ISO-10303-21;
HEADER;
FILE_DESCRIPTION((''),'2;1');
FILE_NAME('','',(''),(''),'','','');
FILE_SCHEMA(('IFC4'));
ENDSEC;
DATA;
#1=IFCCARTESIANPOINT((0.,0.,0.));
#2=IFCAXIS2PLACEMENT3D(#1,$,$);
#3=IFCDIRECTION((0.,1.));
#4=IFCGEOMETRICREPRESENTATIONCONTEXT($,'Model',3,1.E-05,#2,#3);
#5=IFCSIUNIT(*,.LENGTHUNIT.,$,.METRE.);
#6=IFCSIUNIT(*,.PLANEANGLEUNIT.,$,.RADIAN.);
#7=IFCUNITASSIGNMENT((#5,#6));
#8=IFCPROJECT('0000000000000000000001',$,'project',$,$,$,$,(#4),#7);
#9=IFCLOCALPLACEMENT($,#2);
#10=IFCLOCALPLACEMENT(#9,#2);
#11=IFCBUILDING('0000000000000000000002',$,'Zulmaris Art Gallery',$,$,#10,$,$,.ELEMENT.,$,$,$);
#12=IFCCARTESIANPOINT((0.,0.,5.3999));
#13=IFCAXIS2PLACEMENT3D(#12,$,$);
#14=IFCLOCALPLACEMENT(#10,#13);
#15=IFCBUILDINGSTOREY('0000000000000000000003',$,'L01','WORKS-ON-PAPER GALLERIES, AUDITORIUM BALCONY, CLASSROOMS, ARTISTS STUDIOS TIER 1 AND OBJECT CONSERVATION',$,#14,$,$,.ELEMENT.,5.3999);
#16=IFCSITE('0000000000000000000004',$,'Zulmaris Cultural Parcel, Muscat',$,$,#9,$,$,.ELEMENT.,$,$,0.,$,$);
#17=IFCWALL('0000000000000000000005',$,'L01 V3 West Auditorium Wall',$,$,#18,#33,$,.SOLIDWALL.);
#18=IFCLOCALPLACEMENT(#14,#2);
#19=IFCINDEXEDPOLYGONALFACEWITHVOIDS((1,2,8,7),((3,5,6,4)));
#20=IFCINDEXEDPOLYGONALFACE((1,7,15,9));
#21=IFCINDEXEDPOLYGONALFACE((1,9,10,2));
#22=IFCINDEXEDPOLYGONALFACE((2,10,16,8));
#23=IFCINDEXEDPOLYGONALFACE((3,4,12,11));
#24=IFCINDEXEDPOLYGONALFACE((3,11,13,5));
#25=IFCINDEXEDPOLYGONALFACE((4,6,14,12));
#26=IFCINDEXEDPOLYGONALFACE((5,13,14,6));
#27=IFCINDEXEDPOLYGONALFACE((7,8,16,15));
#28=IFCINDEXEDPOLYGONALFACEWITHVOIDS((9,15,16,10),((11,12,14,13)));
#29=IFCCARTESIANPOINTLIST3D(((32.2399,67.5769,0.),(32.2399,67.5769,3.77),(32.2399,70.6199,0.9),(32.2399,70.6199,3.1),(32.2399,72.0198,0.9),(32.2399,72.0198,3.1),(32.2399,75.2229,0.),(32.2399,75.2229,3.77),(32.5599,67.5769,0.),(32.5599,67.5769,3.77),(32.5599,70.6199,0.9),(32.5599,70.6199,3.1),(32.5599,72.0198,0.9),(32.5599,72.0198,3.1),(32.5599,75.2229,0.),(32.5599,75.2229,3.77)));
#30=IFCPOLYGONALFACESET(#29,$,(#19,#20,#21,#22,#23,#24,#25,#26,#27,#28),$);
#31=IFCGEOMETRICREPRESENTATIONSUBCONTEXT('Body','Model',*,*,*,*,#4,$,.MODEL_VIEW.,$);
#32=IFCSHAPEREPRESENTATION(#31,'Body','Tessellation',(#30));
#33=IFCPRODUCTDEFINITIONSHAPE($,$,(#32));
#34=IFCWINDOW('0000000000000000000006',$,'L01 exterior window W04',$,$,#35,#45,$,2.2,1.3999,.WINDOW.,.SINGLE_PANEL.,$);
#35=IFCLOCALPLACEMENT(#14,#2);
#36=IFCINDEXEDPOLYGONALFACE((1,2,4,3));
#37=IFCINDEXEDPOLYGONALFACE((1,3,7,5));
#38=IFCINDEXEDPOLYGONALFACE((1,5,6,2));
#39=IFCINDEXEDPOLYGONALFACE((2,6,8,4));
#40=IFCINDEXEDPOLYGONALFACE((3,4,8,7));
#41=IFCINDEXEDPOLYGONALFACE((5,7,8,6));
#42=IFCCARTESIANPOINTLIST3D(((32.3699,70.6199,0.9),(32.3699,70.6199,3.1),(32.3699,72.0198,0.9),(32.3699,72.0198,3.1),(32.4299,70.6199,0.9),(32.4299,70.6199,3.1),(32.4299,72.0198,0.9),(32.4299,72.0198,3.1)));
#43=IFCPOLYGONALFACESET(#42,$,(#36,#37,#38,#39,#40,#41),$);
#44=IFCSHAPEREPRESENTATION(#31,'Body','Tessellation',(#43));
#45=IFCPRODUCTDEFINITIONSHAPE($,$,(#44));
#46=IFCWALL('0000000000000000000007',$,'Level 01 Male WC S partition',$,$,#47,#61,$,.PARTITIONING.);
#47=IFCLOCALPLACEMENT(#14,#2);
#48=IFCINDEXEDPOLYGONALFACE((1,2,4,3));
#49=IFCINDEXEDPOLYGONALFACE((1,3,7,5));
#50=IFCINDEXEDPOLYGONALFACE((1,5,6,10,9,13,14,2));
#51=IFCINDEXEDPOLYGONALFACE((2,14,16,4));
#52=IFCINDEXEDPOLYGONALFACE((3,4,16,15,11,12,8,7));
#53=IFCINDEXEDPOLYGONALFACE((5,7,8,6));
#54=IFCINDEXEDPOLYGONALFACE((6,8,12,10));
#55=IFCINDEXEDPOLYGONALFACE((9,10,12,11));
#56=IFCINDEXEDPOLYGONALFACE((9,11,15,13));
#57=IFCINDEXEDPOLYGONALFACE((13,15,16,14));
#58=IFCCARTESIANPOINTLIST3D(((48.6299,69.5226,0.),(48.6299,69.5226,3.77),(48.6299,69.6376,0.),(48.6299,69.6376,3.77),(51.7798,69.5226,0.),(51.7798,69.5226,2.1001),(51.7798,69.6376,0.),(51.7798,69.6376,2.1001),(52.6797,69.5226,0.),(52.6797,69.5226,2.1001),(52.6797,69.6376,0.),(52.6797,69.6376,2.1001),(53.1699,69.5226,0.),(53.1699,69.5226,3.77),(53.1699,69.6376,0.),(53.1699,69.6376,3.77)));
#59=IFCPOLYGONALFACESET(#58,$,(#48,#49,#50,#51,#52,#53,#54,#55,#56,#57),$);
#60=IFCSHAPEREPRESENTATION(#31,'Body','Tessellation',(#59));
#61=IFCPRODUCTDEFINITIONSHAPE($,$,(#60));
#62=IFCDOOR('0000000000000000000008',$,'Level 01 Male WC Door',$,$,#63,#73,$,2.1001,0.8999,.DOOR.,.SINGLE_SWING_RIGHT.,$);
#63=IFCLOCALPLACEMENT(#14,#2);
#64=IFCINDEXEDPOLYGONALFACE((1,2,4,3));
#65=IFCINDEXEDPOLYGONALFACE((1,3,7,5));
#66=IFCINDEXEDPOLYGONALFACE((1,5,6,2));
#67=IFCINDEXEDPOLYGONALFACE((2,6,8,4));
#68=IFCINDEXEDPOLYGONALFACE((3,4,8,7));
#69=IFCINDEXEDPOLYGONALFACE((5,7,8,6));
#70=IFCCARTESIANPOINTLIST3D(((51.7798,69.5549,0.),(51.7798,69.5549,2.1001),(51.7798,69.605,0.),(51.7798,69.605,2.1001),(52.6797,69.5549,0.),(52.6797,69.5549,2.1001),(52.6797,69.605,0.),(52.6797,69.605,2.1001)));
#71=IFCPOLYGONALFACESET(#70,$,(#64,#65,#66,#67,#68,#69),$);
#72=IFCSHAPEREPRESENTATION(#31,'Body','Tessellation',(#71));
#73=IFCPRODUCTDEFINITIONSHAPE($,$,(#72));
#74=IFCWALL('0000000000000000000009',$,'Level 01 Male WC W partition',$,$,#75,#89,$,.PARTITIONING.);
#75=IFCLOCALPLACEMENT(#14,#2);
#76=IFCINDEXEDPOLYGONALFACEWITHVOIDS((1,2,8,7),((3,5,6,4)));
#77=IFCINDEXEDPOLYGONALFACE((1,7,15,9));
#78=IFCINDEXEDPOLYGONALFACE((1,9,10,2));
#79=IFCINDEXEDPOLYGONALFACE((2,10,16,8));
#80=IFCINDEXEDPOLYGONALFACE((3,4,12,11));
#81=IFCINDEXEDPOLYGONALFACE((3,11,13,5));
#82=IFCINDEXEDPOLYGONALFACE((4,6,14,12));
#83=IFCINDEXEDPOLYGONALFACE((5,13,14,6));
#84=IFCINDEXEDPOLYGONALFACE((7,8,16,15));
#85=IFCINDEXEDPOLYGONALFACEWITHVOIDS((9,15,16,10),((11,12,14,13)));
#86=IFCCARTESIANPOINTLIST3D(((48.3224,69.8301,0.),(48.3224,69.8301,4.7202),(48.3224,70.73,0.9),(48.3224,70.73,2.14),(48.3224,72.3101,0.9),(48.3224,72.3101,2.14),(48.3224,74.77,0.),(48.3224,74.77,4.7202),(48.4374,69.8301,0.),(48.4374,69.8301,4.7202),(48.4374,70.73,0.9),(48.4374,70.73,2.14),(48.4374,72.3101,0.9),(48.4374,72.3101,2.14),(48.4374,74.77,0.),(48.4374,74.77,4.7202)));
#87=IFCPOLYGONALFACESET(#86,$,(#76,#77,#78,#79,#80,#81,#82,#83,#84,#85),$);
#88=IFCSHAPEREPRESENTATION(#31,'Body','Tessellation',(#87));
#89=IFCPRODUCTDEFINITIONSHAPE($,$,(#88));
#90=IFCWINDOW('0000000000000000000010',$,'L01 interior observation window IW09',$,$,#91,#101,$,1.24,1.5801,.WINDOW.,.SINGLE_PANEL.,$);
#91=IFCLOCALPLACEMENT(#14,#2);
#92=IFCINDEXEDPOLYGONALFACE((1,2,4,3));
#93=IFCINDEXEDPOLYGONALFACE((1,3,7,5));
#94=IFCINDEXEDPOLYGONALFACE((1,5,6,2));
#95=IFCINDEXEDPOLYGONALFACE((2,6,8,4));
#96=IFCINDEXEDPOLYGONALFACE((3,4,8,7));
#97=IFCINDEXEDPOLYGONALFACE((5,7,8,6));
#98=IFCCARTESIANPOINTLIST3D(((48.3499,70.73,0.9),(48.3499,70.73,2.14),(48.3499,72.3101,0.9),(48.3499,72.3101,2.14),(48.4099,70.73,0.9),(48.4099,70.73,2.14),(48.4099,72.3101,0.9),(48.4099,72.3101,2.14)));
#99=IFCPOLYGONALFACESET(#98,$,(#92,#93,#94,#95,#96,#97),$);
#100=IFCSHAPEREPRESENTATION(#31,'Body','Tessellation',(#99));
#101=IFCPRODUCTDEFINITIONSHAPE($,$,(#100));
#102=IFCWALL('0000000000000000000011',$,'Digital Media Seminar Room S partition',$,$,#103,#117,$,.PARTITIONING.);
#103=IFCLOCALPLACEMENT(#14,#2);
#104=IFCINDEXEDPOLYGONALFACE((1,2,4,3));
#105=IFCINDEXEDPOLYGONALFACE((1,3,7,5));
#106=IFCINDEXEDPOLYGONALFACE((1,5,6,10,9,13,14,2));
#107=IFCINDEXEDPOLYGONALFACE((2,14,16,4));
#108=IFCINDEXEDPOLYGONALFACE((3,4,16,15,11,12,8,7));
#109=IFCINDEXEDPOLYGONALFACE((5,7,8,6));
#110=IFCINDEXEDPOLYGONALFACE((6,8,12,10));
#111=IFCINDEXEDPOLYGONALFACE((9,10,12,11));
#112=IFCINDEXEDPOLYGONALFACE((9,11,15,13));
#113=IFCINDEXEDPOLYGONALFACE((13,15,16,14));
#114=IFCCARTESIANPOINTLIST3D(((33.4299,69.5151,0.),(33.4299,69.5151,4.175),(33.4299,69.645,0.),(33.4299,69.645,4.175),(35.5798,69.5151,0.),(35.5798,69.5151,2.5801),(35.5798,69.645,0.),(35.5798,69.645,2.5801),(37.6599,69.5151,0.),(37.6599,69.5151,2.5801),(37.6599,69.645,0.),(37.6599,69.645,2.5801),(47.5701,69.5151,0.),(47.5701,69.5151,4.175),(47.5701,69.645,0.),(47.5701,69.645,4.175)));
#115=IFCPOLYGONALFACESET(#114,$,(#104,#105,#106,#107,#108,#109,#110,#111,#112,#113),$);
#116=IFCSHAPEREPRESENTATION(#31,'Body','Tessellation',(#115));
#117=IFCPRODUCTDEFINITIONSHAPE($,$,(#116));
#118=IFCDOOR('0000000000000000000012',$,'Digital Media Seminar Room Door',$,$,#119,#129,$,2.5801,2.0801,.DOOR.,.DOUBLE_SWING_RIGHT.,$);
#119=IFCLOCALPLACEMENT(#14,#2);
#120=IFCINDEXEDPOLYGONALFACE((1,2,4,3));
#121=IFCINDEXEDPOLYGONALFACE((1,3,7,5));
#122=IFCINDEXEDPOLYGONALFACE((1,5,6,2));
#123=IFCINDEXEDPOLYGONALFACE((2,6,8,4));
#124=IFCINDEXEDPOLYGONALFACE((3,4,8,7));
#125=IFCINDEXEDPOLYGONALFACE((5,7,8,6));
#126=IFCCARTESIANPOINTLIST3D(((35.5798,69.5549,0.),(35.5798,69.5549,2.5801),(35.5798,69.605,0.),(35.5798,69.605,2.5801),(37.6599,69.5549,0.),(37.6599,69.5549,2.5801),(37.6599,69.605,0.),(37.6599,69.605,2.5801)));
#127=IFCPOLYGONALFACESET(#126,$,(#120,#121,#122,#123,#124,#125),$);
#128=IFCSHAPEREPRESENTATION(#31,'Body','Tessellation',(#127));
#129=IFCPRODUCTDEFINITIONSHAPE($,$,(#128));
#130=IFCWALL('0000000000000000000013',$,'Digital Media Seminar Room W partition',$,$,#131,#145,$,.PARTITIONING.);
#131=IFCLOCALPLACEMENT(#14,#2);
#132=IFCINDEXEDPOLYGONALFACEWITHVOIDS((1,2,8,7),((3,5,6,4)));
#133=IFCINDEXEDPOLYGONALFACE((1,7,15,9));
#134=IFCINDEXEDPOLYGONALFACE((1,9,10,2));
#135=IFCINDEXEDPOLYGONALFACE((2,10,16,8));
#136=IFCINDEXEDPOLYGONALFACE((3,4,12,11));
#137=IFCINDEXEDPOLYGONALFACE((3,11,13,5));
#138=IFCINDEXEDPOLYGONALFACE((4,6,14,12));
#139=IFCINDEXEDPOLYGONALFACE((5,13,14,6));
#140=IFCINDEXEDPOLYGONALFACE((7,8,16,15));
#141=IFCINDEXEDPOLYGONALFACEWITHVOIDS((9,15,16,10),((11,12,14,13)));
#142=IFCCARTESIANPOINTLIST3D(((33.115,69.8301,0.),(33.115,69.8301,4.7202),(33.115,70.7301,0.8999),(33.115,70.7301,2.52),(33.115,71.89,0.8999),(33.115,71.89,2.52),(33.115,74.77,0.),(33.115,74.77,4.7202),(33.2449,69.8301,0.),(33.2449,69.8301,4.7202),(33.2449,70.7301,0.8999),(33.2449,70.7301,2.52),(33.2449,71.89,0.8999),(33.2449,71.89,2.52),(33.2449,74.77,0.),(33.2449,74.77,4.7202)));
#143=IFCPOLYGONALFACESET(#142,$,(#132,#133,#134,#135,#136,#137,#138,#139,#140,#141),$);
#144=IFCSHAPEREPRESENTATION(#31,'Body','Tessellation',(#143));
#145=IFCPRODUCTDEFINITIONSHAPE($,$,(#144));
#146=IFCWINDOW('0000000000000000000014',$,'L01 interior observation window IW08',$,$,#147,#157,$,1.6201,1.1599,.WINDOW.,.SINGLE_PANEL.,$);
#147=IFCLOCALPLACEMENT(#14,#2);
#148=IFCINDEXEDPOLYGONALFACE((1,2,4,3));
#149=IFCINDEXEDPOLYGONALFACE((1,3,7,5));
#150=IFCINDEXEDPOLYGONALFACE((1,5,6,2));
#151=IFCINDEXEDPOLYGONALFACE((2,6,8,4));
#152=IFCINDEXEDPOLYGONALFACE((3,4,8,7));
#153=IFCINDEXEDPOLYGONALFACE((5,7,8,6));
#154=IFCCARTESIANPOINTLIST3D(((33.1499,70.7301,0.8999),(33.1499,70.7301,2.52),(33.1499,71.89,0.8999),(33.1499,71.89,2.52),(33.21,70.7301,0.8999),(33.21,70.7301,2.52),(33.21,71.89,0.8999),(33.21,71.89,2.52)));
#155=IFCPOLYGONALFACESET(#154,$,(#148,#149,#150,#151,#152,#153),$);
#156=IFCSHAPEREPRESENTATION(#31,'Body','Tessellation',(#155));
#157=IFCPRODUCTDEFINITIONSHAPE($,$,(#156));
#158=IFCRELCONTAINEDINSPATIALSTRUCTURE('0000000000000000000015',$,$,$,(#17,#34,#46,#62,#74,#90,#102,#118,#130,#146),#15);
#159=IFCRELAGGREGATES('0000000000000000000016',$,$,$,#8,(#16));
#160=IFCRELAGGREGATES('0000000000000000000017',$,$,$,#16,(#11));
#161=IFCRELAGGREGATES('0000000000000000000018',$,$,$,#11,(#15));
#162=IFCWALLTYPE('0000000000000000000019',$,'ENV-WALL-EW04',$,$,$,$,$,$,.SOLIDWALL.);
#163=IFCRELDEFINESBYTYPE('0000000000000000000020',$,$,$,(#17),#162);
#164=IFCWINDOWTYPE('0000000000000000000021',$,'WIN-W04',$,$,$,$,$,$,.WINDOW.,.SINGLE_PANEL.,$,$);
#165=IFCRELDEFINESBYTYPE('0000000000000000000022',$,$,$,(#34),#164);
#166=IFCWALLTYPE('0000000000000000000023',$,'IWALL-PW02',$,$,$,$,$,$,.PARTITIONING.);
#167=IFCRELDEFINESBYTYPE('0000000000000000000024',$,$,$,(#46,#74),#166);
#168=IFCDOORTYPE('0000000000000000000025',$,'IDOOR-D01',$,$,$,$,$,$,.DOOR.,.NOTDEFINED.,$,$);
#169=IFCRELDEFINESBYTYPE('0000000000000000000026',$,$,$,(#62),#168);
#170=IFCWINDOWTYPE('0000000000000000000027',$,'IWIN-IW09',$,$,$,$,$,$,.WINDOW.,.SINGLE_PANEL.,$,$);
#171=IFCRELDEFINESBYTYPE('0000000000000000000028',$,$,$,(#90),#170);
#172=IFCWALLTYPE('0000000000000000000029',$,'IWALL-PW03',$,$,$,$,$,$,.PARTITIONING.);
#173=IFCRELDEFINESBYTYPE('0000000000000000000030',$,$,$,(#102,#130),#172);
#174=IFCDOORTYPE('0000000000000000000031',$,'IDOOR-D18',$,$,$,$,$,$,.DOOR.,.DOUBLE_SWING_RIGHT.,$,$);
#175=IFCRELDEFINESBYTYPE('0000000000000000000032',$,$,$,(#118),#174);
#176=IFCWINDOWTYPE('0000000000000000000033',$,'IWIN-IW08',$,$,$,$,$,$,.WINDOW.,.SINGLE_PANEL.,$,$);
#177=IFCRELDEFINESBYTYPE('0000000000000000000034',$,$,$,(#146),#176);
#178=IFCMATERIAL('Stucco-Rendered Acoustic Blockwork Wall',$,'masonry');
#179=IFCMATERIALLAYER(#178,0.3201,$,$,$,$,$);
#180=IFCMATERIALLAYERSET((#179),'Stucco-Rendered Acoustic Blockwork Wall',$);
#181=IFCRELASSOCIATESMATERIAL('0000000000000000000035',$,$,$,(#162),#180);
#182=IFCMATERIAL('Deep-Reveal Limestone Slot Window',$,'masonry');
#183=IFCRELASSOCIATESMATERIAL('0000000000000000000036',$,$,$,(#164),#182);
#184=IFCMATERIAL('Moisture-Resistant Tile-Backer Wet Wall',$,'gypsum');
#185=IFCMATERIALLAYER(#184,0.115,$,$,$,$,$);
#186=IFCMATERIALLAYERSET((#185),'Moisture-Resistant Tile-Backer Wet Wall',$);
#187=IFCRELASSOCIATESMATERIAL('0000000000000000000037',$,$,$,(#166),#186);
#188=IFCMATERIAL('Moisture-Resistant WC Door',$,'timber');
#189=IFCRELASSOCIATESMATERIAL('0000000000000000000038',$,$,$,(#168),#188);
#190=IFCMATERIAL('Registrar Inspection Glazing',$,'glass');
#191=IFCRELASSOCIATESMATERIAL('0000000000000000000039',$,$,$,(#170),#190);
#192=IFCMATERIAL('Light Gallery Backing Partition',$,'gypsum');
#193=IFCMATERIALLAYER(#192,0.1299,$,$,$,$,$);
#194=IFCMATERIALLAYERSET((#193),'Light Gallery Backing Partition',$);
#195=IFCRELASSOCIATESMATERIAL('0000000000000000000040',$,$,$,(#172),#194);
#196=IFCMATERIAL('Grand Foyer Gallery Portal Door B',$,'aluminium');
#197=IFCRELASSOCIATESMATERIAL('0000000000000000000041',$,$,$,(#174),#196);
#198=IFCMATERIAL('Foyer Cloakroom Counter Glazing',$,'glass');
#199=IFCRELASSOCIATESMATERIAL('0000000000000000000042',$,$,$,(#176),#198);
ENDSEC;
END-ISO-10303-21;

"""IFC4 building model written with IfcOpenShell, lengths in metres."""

from ifc_helpers import new_model, si_unit, direction, frame, frame_2d, origin, place, context, subcontext, project, spatial, rectangle, extrude, material, layer, layer_set, type_object, element, fill, save


model = new_model("IFC4")

# Units and contexts
model_context = context("Model", 3, precision=1e-05, world=origin(), true_north=direction((0.0, 1.0)))
body_context = subcontext(model_context, "Body", "Model", "MODEL_VIEW")
ifc_project = project(units=[si_unit("LENGTHUNIT", "METRE"), si_unit("PLANEANGLEUNIT", "RADIAN")], contexts=[model_context])

# Site, building, storey
site_placement = place(None, origin())
site = spatial("IfcSite", under=ifc_project, at=site_placement, Name="Zulmaris Cultural Parcel, Muscat", CompositionType="ELEMENT", RefElevation=0.0)
building_placement = place(site_placement, origin())
building = spatial("IfcBuilding", under=site, at=building_placement, Name="Zulmaris Art Gallery", CompositionType="ELEMENT")
storey_placement = place(building_placement, frame((0.0, 0.0, 5.3999)))
storey = spatial("IfcBuildingStorey", under=building, at=storey_placement, Name="L01", Description="WORKS-ON-PAPER GALLERIES, AUDITORIUM BALCONY, CLASSROOMS, ARTISTS STUDIOS TIER 1 AND OBJECT CONSERVATION", CompositionType="ELEMENT", Elevation=5.3999)

# Shared definitions
ifc_material_1 = material(Name="Stucco-Rendered Acoustic Blockwork Wall", Category="masonry")
ifc_layer_1 = layer(ifc_material_1, 0.3201)
ifc_layer_set_1 = layer_set([ifc_layer_1], Name="Stucco-Rendered Acoustic Blockwork Wall")
wall_type_1 = type_object("IfcWallType", Name="ENV-WALL-EW04", PredefinedType="SOLIDWALL", material=ifc_layer_set_1)

# Wall, opening, window
wall_1_placement = place(storey_placement, frame((32.3999, 67.5769, 0.0), z_axis=(0.0, 0.0, 1.0), x_axis=(0.0, 1.0, 0.0)))
wall_1 = element("IfcWall", 1, at=wall_1_placement, inside=storey, type_object=wall_type_1, Name="L01 V3 West Auditorium Wall", PredefinedType="SOLIDWALL", context=body_context, shape_type="SweptSolid", body=[
    extrude(rectangle(XDim=7.646, YDim=0.3201, at=frame_2d((3.823, 0.0))), origin(), (0.0, 0.0, 1.0), 3.77),
])
opening_1_placement = place(wall_1_placement, frame((3.043, 0.0, 0.8999)))
opening_1 = element("IfcOpeningElement", 2, at=opening_1_placement, cuts=wall_1, PredefinedType="OPENING", context=body_context, shape_type="SweptSolid", body=[
    extrude(rectangle(XDim=1.3999, YDim=2.2, at=frame_2d((0.7, 1.1001))), frame((0.0, 0.1699, 0.0), z_axis=(0.0, -1.0, 0.0), x_axis=(1.0, 0.0, 0.0)), (0.0, 0.0, 1.0), 0.3401),
])
ifc_material_2 = material(Name="Deep-Reveal Limestone Slot Window", Category="masonry")
window_type_1 = type_object("IfcWindowType", Name="WIN-W04", PartitioningType="SINGLE_PANEL", PredefinedType="WINDOW", material=ifc_material_2)
window_1_placement = place(opening_1_placement, origin())
window_1 = element("IfcWindow", 3, at=window_1_placement, inside=storey, type_object=window_type_1, Name="L01 exterior window W04", OverallHeight=2.2, OverallWidth=1.3999, PartitioningType="SINGLE_PANEL", PredefinedType="WINDOW", context=body_context, shape_type="SweptSolid", body=[
    extrude(rectangle(XDim=1.3999, YDim=2.2, at=frame_2d((0.7, 1.1001))), frame((0.0, 0.03, 0.0), z_axis=(0.0, -1.0, 0.0), x_axis=(1.0, 0.0, 0.0)), (0.0, 0.0, 1.0), 0.0601),
])
fill(opening_1, window_1)

# Wall, opening, door
ifc_material_3 = material(Name="Moisture-Resistant Tile-Backer Wet Wall", Category="gypsum")
ifc_layer_2 = layer(ifc_material_3, 0.115)
ifc_layer_set_2 = layer_set([ifc_layer_2], Name="Moisture-Resistant Tile-Backer Wet Wall")
wall_type_2 = type_object("IfcWallType", Name="IWALL-PW02", PredefinedType="PARTITIONING", material=ifc_layer_set_2)
wall_2_placement = place(storey_placement, frame((48.6299, 69.5801, 0.0), z_axis=(0.0, 0.0, 1.0), x_axis=(1.0, 0.0, 0.0)))
wall_2 = element("IfcWall", 4, at=wall_2_placement, inside=storey, type_object=wall_type_2, Name="Level 01 Male WC S partition", PredefinedType="PARTITIONING", context=body_context, shape_type="SweptSolid", body=[
    extrude(rectangle(XDim=4.54, YDim=0.115, at=frame_2d((2.27, 0.0))), origin(), (0.0, 0.0, 1.0), 3.77),
])
opening_2_placement = place(wall_2_placement, frame((3.1499, 0.0, 0.0)))
opening_2 = element("IfcOpeningElement", 5, at=opening_2_placement, cuts=wall_2, PredefinedType="OPENING", context=body_context, shape_type="SweptSolid", body=[
    extrude(rectangle(XDim=0.8999, YDim=2.1001, at=frame_2d((0.45, 1.05))), frame((0.0, 0.0674, 0.0), z_axis=(0.0, -1.0, 0.0), x_axis=(1.0, 0.0, 0.0)), (0.0, 0.0, 1.0), 0.135),
])
ifc_material_4 = material(Name="Moisture-Resistant WC Door", Category="timber")
door_type_1 = type_object("IfcDoorType", Name="IDOOR-D01", OperationType="NOTDEFINED", PredefinedType="DOOR", material=ifc_material_4)
door_1_placement = place(opening_2_placement, origin())
door_1 = element("IfcDoor", 6, at=door_1_placement, inside=storey, type_object=door_type_1, Name="Level 01 Male WC Door", OperationType="SINGLE_SWING_RIGHT", OverallHeight=2.1001, OverallWidth=0.8999, PredefinedType="DOOR", context=body_context, shape_type="SweptSolid", body=[
    extrude(rectangle(XDim=0.8999, YDim=2.1001, at=frame_2d((0.45, 1.05))), frame((0.0, 0.0249, 0.0), z_axis=(0.0, -1.0, 0.0), x_axis=(1.0, 0.0, 0.0)), (0.0, 0.0, 1.0), 0.05),
])
fill(opening_2, door_1)

# Wall, opening, window
wall_3_placement = place(storey_placement, frame((48.3799, 69.8301, 0.0), z_axis=(0.0, 0.0, 1.0), x_axis=(0.0, 1.0, 0.0)))
wall_3 = element("IfcWall", 7, at=wall_3_placement, inside=storey, type_object=wall_type_2, Name="Level 01 Male WC W partition", PredefinedType="PARTITIONING", context=body_context, shape_type="SweptSolid", body=[
    extrude(rectangle(XDim=4.9399, YDim=0.115, at=frame_2d((2.47, 0.0))), origin(), (0.0, 0.0, 1.0), 4.7202),
])
opening_3_placement = place(wall_3_placement, frame((0.8999, 0.0, 0.8999)))
opening_3 = element("IfcOpeningElement", 8, at=opening_3_placement, cuts=wall_3, PredefinedType="OPENING", context=body_context, shape_type="SweptSolid", body=[
    extrude(rectangle(XDim=1.5801, YDim=1.24, at=frame_2d((0.79, 0.6201))), frame((0.0, 0.0674, 0.0), z_axis=(0.0, -1.0, 0.0), x_axis=(1.0, 0.0, 0.0)), (0.0, 0.0, 1.0), 0.135),
])
ifc_material_5 = material(Name="Registrar Inspection Glazing", Category="glass")
window_type_2 = type_object("IfcWindowType", Name="IWIN-IW09", PartitioningType="SINGLE_PANEL", PredefinedType="WINDOW", material=ifc_material_5)
window_2_placement = place(opening_3_placement, origin())
window_2 = element("IfcWindow", 9, at=window_2_placement, inside=storey, type_object=window_type_2, Name="L01 interior observation window IW09", OverallHeight=1.24, OverallWidth=1.5801, PartitioningType="SINGLE_PANEL", PredefinedType="WINDOW", context=body_context, shape_type="SweptSolid", body=[
    extrude(rectangle(XDim=1.5801, YDim=1.24, at=frame_2d((0.79, 0.6201))), frame((0.0, 0.03, 0.0), z_axis=(0.0, -1.0, 0.0), x_axis=(1.0, 0.0, 0.0)), (0.0, 0.0, 1.0), 0.0601),
])
fill(opening_3, window_2)

# Wall, opening, door
ifc_material_6 = material(Name="Light Gallery Backing Partition", Category="gypsum")
ifc_layer_3 = layer(ifc_material_6, 0.1299)
ifc_layer_set_3 = layer_set([ifc_layer_3], Name="Light Gallery Backing Partition")
wall_type_3 = type_object("IfcWallType", Name="IWALL-PW03", PredefinedType="PARTITIONING", material=ifc_layer_set_3)
wall_4_placement = place(storey_placement, frame((33.4299, 69.5801, 0.0), z_axis=(0.0, 0.0, 1.0), x_axis=(1.0, 0.0, 0.0)))
wall_4 = element("IfcWall", 10, at=wall_4_placement, inside=storey, type_object=wall_type_3, Name="Digital Media Seminar Room S partition", PredefinedType="PARTITIONING", context=body_context, shape_type="SweptSolid", body=[
    extrude(rectangle(XDim=14.1401, YDim=0.1299, at=frame_2d((7.0701, 0.0))), origin(), (0.0, 0.0, 1.0), 4.175),
])
opening_4_placement = place(wall_4_placement, frame((2.1499, 0.0, 0.0)))
opening_4 = element("IfcOpeningElement", 11, at=opening_4_placement, cuts=wall_4, PredefinedType="OPENING", context=body_context, shape_type="SweptSolid", body=[
    extrude(rectangle(XDim=2.0801, YDim=2.5801, at=frame_2d((1.04, 1.29))), frame((0.0, 0.075, 0.0), z_axis=(0.0, -1.0, 0.0), x_axis=(1.0, 0.0, 0.0)), (0.0, 0.0, 1.0), 0.1499),
])
ifc_material_7 = material(Name="Grand Foyer Gallery Portal Door B", Category="aluminium")
door_type_2 = type_object("IfcDoorType", Name="IDOOR-D18", OperationType="DOUBLE_SWING_RIGHT", PredefinedType="DOOR", material=ifc_material_7)
door_2_placement = place(opening_4_placement, origin())
door_2 = element("IfcDoor", 12, at=door_2_placement, inside=storey, type_object=door_type_2, Name="Digital Media Seminar Room Door", OperationType="DOUBLE_SWING_RIGHT", OverallHeight=2.5801, OverallWidth=2.0801, PredefinedType="DOOR", context=body_context, shape_type="SweptSolid", body=[
    extrude(rectangle(XDim=2.0801, YDim=2.5801, at=frame_2d((1.04, 1.29))), frame((0.0, 0.0249, 0.0), z_axis=(0.0, -1.0, 0.0), x_axis=(1.0, 0.0, 0.0)), (0.0, 0.0, 1.0), 0.05),
])
fill(opening_4, door_2)

# Wall, opening, window
wall_5_placement = place(storey_placement, frame((33.1799, 69.8301, 0.0), z_axis=(0.0, 0.0, 1.0), x_axis=(0.0, 1.0, 0.0)))
wall_5 = element("IfcWall", 13, at=wall_5_placement, inside=storey, type_object=wall_type_3, Name="Digital Media Seminar Room W partition", PredefinedType="PARTITIONING", context=body_context, shape_type="SweptSolid", body=[
    extrude(rectangle(XDim=4.9399, YDim=0.1299, at=frame_2d((2.47, 0.0))), origin(), (0.0, 0.0, 1.0), 4.7202),
])
opening_5_placement = place(wall_5_placement, frame((0.8999, 0.0, 0.8999)))
opening_5 = element("IfcOpeningElement", 14, at=opening_5_placement, cuts=wall_5, PredefinedType="OPENING", context=body_context, shape_type="SweptSolid", body=[
    extrude(rectangle(XDim=1.1599, YDim=1.6201, at=frame_2d((0.5801, 0.8101))), frame((0.0, 0.075, 0.0), z_axis=(0.0, -1.0, 0.0), x_axis=(1.0, 0.0, 0.0)), (0.0, 0.0, 1.0), 0.1499),
])
ifc_material_8 = material(Name="Foyer Cloakroom Counter Glazing", Category="glass")
window_type_3 = type_object("IfcWindowType", Name="IWIN-IW08", PartitioningType="SINGLE_PANEL", PredefinedType="WINDOW", material=ifc_material_8)
window_3_placement = place(opening_5_placement, origin())
window_3 = element("IfcWindow", 15, at=window_3_placement, inside=storey, type_object=window_type_3, Name="L01 interior observation window IW08", OverallHeight=1.6201, OverallWidth=1.1599, PartitioningType="SINGLE_PANEL", PredefinedType="WINDOW", context=body_context, shape_type="SweptSolid", body=[
    extrude(rectangle(XDim=1.1599, YDim=1.6201, at=frame_2d((0.5801, 0.8101))), frame((0.0, 0.03, 0.0), z_axis=(0.0, -1.0, 0.0), x_axis=(1.0, 0.0, 0.0)), (0.0, 0.0, 1.0), 0.0601),
])
fill(opening_5, window_3)

save(model, "model.ifc")
